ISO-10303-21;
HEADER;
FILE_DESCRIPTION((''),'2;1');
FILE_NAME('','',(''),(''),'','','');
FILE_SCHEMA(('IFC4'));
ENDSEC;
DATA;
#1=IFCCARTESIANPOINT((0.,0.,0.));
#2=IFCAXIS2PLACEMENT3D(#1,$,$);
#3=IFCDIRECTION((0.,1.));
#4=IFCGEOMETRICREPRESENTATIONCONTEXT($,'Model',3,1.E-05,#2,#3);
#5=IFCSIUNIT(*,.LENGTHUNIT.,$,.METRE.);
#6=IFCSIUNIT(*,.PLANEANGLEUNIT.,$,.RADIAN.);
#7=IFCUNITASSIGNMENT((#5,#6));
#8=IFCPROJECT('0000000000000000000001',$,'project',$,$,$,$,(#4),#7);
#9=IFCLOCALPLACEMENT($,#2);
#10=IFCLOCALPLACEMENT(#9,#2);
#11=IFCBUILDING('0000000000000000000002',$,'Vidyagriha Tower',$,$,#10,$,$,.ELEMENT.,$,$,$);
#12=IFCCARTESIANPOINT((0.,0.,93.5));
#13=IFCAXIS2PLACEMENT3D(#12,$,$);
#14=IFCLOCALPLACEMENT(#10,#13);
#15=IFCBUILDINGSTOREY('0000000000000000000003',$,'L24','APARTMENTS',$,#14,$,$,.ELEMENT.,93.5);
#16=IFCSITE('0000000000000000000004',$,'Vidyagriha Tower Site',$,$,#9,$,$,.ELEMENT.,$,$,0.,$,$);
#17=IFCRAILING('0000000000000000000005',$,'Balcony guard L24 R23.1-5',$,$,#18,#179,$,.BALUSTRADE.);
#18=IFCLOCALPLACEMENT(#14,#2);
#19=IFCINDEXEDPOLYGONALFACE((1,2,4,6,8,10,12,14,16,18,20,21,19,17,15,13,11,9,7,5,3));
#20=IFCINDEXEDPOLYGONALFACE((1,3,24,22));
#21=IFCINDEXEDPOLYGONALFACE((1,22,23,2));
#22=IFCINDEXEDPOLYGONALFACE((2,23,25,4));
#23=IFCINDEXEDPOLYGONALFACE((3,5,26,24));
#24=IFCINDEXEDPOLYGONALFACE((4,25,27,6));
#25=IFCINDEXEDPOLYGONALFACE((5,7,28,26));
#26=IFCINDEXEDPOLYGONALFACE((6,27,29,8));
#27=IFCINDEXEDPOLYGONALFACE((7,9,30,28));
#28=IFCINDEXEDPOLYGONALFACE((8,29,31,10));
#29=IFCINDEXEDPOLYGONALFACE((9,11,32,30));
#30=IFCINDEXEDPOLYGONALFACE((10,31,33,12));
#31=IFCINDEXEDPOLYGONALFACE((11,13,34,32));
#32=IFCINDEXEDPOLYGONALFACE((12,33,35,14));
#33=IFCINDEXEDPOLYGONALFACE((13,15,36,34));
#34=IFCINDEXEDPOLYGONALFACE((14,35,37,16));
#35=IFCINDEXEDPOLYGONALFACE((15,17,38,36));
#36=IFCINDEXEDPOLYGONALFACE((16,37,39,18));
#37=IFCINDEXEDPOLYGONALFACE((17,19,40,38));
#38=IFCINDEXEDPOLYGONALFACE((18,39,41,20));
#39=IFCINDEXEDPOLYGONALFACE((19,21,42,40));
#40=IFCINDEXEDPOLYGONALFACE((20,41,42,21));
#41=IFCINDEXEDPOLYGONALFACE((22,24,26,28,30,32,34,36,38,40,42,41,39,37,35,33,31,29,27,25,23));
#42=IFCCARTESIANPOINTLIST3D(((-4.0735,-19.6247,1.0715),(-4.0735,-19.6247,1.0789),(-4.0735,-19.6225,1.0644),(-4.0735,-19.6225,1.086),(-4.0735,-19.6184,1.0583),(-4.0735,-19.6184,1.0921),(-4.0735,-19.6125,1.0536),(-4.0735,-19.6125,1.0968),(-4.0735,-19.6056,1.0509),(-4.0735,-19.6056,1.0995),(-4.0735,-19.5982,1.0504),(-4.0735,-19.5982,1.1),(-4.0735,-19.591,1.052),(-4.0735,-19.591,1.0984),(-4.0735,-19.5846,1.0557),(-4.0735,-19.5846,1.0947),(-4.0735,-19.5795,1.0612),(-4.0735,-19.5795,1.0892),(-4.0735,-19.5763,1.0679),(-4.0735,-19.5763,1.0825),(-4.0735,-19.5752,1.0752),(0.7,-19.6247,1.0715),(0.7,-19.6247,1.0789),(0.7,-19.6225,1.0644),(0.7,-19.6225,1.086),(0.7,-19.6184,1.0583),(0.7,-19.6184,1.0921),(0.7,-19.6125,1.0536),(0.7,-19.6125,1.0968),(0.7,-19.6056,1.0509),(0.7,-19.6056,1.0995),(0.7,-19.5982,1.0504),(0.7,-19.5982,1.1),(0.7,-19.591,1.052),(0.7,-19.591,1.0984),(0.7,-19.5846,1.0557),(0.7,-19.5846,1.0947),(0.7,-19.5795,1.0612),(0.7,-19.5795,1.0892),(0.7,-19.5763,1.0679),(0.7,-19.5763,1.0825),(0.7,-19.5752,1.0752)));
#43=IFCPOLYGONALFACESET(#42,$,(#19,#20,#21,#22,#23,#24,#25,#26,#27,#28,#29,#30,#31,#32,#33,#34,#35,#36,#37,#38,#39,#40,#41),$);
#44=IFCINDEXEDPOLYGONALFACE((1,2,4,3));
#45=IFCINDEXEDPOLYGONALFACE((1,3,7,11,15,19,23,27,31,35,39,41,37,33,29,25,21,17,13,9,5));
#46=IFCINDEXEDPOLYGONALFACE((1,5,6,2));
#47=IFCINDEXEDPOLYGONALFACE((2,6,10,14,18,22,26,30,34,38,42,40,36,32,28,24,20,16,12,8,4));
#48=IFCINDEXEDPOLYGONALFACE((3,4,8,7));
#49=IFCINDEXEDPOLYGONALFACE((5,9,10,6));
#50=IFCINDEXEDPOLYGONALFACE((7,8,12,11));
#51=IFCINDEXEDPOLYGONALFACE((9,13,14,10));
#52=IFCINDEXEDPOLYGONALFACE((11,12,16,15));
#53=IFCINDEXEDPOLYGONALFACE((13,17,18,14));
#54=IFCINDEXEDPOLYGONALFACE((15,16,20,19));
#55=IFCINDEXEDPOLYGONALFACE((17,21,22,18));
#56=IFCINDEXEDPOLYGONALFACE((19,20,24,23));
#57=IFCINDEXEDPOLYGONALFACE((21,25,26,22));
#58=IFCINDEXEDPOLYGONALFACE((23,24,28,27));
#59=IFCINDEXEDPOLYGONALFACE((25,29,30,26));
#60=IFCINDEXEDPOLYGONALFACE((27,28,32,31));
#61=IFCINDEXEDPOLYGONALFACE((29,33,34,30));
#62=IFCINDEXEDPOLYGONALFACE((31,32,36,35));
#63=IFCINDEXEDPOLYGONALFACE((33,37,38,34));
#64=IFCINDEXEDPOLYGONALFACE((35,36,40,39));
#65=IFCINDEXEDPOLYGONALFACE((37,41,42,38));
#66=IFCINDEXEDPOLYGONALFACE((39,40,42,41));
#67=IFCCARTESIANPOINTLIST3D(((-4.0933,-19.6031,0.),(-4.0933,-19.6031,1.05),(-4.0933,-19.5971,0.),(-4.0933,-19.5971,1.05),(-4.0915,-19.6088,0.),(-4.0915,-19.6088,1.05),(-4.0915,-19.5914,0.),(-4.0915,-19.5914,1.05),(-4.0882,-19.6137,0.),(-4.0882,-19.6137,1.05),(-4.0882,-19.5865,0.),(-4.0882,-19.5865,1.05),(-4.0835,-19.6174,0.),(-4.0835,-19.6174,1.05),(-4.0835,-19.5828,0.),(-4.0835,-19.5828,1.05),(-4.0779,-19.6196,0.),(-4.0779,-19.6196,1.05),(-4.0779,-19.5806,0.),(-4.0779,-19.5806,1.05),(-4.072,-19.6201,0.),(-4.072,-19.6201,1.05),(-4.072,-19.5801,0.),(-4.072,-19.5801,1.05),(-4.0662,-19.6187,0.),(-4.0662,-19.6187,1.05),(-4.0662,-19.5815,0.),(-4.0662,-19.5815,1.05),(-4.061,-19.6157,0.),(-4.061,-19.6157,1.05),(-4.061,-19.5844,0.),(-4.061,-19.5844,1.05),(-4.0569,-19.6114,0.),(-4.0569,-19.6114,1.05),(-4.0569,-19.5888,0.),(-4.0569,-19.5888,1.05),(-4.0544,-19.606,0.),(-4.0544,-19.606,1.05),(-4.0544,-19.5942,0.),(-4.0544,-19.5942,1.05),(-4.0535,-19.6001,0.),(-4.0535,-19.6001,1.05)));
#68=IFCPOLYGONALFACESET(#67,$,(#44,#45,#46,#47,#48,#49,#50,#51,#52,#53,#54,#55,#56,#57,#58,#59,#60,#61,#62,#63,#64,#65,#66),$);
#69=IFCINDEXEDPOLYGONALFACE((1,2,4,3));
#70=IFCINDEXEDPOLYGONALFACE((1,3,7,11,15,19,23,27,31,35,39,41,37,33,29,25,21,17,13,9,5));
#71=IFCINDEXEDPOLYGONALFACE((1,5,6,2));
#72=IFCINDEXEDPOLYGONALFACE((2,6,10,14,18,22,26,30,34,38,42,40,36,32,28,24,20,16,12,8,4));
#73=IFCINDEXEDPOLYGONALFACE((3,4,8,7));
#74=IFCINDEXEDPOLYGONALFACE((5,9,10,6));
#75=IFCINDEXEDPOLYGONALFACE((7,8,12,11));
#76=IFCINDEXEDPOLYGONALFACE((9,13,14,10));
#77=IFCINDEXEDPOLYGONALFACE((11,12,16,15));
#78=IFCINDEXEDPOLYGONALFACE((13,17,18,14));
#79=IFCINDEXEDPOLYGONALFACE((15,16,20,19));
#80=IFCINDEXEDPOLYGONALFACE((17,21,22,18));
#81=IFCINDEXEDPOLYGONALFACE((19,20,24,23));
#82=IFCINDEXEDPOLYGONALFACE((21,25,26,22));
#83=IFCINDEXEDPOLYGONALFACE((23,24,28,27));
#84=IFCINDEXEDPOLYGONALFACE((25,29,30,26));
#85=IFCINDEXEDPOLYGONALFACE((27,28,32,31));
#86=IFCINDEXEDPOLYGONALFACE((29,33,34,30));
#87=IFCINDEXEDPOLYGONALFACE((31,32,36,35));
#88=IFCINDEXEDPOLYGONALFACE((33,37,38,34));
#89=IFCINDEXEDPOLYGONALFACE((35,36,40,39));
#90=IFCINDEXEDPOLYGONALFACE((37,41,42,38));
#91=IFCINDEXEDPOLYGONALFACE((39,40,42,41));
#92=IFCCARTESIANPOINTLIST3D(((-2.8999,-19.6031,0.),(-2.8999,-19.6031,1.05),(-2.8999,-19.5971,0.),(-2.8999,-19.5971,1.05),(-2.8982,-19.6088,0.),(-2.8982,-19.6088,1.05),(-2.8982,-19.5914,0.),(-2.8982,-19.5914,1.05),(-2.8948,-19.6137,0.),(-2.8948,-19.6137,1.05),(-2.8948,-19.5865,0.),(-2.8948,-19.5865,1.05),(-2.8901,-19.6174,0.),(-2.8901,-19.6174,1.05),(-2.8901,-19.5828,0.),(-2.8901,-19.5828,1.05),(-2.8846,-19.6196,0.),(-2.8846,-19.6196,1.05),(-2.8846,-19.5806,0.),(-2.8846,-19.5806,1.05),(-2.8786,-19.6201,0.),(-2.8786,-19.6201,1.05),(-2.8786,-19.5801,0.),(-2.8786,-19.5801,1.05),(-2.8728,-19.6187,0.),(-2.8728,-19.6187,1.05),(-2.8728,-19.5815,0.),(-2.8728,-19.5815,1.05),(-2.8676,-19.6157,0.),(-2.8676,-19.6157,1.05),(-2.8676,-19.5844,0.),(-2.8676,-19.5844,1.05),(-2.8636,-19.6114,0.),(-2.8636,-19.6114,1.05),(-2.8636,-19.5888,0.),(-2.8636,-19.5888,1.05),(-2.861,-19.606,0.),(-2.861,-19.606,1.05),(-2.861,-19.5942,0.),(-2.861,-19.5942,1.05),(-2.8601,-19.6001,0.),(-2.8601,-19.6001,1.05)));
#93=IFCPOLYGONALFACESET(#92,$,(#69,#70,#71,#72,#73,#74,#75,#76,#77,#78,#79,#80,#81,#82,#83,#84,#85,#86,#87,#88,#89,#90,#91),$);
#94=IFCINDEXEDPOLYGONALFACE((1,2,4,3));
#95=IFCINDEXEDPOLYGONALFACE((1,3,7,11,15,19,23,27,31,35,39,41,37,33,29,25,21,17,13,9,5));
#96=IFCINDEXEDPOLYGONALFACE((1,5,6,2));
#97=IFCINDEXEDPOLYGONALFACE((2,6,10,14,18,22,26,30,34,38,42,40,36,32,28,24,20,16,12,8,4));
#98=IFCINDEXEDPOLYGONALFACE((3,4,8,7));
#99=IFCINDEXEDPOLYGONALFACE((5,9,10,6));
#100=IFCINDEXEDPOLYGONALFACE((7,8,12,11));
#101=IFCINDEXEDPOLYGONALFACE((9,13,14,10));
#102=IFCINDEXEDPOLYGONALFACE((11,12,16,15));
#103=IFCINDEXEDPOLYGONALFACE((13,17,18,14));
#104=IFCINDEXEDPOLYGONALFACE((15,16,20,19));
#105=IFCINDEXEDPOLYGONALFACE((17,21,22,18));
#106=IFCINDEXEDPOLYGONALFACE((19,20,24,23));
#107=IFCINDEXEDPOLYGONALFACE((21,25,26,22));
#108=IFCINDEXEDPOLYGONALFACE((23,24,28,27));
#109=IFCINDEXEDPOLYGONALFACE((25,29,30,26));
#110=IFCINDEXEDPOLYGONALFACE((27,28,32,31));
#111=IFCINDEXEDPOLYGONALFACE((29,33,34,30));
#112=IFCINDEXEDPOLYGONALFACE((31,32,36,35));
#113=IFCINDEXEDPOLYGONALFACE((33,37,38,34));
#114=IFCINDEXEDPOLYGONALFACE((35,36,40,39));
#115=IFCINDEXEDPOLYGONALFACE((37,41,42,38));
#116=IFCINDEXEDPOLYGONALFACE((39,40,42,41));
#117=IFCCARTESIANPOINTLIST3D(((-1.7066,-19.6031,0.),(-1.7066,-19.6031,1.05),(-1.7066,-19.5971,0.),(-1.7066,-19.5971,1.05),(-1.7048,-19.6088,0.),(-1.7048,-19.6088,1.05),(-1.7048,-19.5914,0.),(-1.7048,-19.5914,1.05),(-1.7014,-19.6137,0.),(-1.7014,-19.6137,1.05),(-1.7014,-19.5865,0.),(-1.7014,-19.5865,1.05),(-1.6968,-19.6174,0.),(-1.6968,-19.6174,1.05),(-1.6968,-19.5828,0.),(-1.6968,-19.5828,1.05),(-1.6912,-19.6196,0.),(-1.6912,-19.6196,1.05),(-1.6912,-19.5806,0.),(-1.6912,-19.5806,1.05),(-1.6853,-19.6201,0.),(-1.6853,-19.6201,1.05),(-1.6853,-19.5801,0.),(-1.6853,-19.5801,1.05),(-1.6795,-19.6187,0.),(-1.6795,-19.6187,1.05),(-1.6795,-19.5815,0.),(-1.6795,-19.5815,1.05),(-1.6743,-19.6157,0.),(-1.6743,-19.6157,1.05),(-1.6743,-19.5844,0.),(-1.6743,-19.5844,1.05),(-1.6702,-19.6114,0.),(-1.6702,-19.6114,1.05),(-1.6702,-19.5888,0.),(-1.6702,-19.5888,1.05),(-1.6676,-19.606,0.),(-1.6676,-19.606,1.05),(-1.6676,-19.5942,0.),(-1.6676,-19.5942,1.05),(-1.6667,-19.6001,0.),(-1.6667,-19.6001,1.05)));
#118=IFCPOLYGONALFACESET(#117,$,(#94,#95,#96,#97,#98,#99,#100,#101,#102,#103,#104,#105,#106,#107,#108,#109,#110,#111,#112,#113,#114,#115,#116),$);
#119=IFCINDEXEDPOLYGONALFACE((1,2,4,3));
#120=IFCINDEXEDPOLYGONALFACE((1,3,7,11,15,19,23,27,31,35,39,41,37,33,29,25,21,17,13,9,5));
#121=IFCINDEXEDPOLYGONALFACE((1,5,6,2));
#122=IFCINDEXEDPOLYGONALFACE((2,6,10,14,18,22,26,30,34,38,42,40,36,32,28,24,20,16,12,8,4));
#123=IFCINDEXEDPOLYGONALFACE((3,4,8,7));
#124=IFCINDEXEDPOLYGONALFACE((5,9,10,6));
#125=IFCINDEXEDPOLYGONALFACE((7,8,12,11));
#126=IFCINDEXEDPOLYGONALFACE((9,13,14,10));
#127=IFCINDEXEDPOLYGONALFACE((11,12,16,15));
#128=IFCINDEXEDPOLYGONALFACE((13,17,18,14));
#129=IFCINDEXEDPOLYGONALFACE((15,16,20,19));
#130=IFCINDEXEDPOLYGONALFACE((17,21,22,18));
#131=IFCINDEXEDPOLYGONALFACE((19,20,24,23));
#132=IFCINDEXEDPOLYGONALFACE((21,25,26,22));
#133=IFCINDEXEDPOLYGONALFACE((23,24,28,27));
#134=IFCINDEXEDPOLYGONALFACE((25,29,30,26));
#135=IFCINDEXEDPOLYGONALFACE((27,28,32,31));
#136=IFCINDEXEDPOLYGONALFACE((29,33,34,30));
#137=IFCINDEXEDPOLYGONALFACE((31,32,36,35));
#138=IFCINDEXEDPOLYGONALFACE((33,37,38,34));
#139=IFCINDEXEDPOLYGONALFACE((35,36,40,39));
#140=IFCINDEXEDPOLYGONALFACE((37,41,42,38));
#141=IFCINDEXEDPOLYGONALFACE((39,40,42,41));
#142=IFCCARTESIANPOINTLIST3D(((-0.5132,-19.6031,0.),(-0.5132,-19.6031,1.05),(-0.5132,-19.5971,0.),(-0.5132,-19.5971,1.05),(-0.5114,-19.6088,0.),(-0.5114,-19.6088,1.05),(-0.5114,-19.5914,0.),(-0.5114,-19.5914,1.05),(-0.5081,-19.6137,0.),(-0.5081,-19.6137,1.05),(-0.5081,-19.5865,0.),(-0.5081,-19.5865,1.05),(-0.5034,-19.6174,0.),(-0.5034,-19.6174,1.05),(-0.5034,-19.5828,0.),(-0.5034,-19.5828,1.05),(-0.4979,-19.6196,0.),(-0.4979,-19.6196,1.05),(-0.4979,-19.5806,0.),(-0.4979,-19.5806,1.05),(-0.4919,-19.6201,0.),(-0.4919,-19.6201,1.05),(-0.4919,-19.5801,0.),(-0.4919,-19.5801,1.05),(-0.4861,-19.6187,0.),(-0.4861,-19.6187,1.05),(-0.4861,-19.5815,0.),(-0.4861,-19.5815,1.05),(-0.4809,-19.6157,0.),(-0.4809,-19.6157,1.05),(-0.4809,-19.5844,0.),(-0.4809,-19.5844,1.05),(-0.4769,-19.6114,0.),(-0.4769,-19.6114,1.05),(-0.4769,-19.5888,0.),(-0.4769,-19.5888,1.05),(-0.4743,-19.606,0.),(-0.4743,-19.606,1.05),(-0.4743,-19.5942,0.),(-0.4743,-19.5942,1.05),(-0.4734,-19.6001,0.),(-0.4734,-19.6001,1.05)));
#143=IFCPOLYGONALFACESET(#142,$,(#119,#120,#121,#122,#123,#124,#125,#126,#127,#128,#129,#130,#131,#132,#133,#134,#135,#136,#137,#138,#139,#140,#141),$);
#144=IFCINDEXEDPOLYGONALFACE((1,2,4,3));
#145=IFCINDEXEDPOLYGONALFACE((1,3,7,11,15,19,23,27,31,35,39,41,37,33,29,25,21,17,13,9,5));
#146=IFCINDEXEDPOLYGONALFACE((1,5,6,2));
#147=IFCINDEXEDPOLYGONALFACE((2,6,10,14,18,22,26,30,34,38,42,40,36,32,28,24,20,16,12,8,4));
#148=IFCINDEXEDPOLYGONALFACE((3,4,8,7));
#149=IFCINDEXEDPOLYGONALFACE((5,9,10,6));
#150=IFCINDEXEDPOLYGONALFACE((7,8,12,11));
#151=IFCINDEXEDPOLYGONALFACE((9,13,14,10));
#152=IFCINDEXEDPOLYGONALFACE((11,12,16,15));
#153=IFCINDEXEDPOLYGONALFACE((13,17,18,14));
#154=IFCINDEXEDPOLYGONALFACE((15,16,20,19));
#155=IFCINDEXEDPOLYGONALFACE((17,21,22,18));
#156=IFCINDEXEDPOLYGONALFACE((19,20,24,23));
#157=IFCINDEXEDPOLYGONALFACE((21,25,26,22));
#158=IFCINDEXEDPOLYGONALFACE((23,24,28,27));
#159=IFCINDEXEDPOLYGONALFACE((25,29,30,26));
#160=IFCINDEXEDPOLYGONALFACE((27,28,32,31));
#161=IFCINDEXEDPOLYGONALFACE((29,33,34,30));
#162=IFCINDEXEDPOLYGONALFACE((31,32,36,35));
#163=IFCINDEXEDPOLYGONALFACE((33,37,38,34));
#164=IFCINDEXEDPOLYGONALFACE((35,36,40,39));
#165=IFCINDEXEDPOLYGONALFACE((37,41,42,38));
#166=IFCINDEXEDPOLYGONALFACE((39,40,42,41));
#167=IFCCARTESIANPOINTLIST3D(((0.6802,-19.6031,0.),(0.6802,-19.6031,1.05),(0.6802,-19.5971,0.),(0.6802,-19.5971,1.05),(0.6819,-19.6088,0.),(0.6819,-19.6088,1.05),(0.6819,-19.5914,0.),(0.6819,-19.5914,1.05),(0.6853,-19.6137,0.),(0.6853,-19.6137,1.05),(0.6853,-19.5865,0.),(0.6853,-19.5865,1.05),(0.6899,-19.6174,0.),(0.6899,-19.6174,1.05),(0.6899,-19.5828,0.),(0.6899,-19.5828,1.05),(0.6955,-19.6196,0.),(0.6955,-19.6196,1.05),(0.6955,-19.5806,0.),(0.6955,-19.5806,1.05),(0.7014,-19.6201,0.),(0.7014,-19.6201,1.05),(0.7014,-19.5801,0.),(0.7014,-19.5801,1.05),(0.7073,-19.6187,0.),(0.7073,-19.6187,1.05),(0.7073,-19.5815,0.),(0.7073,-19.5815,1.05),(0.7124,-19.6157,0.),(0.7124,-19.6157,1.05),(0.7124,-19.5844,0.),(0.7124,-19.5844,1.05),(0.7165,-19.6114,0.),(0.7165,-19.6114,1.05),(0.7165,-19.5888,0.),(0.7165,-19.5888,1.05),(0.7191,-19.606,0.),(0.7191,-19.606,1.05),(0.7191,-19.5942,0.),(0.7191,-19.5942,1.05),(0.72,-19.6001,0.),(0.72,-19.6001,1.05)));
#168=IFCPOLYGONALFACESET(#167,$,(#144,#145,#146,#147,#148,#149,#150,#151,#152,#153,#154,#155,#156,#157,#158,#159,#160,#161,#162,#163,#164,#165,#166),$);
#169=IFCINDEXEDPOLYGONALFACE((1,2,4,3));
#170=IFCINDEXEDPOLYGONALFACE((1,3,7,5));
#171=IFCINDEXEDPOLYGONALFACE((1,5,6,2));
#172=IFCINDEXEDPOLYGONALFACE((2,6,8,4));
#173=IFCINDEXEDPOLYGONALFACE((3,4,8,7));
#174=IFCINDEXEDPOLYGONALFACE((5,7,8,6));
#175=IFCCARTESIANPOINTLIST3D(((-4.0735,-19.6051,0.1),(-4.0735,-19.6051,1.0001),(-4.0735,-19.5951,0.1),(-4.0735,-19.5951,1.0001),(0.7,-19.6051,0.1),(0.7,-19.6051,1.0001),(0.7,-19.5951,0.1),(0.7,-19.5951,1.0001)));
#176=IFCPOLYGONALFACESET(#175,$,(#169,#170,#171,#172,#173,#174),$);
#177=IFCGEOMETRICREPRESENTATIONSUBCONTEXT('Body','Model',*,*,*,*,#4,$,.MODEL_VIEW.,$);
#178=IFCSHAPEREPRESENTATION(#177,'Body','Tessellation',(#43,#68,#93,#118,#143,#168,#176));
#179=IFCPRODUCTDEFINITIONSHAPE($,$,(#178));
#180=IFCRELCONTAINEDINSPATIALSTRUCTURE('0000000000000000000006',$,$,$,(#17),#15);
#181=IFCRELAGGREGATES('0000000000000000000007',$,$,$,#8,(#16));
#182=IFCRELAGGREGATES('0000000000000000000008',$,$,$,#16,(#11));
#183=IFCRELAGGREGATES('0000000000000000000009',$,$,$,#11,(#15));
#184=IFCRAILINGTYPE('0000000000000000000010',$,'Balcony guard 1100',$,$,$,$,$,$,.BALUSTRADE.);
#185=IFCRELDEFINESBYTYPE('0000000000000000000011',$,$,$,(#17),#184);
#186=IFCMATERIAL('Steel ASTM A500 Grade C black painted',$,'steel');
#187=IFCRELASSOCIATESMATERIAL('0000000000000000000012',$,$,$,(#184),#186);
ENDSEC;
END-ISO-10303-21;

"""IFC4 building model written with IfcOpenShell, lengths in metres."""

from ifc_helpers import new_model, si_unit, direction, frame, origin, origin_2d, place, context, subcontext, project, spatial, rectangle, circle, extrude, material, type_object, element, save


model = new_model("IFC4")

# Units and contexts
model_context = context("Model", 3, precision=1e-05, world=origin(), true_north=direction((0.0, 1.0)))
body_context = subcontext(model_context, "Body", "Model", "MODEL_VIEW")
ifc_project = project(units=[si_unit("LENGTHUNIT", "METRE"), si_unit("PLANEANGLEUNIT", "RADIAN")], contexts=[model_context])

# Site, building, storey
site_placement = place(None, origin())
site = spatial("IfcSite", under=ifc_project, at=site_placement, Name="Vidyagriha Tower Site", CompositionType="ELEMENT", RefElevation=0.0)
building_placement = place(site_placement, origin())
building = spatial("IfcBuilding", under=site, at=building_placement, Name="Vidyagriha Tower", CompositionType="ELEMENT")
storey_placement = place(building_placement, frame((0.0, 0.0, 93.5)))
storey = spatial("IfcBuildingStorey", under=building, at=storey_placement, Name="L24", Description="APARTMENTS", CompositionType="ELEMENT", Elevation=93.5)

# Railing
ifc_material_1 = material(Name="Steel ASTM A500 Grade C black painted", Category="steel")
railing_type = type_object("IfcRailingType", Name="Balcony guard 1100", PredefinedType="BALUSTRADE", material=ifc_material_1)
railing_1_placement = place(storey_placement, frame((-4.0735, -19.6001, 0.0)))
element("IfcRailing", 1, at=railing_1_placement, inside=storey, type_object=railing_type, Name="Balcony guard L24 R23.1-5", PredefinedType="BALUSTRADE", context=body_context, shape_type="SweptSolid", body=[
    extrude(circle(Radius=0.0249, at=origin_2d()), frame((0.0, 0.0, 1.0752), z_axis=(1.0, 0.0, 0.0), x_axis=(0.0, 1.0, 0.0)), (0.0, 0.0, 1.0), 4.7734),
    extrude(circle(Radius=0.02, at=origin_2d()), origin(), (0.0, 0.0, 1.0), 1.05),
    extrude(circle(Radius=0.02, at=origin_2d()), frame((1.1934, 0.0, 0.0)), (0.0, 0.0, 1.0), 1.05),
    extrude(circle(Radius=0.02, at=origin_2d()), frame((2.3867, 0.0, 0.0)), (0.0, 0.0, 1.0), 1.05),
    extrude(circle(Radius=0.02, at=origin_2d()), frame((3.5801, 0.0, 0.0)), (0.0, 0.0, 1.0), 1.05),
    extrude(circle(Radius=0.02, at=origin_2d()), frame((4.7734, 0.0, 0.0)), (0.0, 0.0, 1.0), 1.05),
    extrude(rectangle(XDim=0.01, YDim=0.9001, at=origin_2d()), frame((0.0, 0.0, 0.55), z_axis=(1.0, 0.0, 0.0), x_axis=(0.0, 1.0, 0.0)), (0.0, 0.0, 1.0), 4.7734),
])

save(model, "model.ifc")
